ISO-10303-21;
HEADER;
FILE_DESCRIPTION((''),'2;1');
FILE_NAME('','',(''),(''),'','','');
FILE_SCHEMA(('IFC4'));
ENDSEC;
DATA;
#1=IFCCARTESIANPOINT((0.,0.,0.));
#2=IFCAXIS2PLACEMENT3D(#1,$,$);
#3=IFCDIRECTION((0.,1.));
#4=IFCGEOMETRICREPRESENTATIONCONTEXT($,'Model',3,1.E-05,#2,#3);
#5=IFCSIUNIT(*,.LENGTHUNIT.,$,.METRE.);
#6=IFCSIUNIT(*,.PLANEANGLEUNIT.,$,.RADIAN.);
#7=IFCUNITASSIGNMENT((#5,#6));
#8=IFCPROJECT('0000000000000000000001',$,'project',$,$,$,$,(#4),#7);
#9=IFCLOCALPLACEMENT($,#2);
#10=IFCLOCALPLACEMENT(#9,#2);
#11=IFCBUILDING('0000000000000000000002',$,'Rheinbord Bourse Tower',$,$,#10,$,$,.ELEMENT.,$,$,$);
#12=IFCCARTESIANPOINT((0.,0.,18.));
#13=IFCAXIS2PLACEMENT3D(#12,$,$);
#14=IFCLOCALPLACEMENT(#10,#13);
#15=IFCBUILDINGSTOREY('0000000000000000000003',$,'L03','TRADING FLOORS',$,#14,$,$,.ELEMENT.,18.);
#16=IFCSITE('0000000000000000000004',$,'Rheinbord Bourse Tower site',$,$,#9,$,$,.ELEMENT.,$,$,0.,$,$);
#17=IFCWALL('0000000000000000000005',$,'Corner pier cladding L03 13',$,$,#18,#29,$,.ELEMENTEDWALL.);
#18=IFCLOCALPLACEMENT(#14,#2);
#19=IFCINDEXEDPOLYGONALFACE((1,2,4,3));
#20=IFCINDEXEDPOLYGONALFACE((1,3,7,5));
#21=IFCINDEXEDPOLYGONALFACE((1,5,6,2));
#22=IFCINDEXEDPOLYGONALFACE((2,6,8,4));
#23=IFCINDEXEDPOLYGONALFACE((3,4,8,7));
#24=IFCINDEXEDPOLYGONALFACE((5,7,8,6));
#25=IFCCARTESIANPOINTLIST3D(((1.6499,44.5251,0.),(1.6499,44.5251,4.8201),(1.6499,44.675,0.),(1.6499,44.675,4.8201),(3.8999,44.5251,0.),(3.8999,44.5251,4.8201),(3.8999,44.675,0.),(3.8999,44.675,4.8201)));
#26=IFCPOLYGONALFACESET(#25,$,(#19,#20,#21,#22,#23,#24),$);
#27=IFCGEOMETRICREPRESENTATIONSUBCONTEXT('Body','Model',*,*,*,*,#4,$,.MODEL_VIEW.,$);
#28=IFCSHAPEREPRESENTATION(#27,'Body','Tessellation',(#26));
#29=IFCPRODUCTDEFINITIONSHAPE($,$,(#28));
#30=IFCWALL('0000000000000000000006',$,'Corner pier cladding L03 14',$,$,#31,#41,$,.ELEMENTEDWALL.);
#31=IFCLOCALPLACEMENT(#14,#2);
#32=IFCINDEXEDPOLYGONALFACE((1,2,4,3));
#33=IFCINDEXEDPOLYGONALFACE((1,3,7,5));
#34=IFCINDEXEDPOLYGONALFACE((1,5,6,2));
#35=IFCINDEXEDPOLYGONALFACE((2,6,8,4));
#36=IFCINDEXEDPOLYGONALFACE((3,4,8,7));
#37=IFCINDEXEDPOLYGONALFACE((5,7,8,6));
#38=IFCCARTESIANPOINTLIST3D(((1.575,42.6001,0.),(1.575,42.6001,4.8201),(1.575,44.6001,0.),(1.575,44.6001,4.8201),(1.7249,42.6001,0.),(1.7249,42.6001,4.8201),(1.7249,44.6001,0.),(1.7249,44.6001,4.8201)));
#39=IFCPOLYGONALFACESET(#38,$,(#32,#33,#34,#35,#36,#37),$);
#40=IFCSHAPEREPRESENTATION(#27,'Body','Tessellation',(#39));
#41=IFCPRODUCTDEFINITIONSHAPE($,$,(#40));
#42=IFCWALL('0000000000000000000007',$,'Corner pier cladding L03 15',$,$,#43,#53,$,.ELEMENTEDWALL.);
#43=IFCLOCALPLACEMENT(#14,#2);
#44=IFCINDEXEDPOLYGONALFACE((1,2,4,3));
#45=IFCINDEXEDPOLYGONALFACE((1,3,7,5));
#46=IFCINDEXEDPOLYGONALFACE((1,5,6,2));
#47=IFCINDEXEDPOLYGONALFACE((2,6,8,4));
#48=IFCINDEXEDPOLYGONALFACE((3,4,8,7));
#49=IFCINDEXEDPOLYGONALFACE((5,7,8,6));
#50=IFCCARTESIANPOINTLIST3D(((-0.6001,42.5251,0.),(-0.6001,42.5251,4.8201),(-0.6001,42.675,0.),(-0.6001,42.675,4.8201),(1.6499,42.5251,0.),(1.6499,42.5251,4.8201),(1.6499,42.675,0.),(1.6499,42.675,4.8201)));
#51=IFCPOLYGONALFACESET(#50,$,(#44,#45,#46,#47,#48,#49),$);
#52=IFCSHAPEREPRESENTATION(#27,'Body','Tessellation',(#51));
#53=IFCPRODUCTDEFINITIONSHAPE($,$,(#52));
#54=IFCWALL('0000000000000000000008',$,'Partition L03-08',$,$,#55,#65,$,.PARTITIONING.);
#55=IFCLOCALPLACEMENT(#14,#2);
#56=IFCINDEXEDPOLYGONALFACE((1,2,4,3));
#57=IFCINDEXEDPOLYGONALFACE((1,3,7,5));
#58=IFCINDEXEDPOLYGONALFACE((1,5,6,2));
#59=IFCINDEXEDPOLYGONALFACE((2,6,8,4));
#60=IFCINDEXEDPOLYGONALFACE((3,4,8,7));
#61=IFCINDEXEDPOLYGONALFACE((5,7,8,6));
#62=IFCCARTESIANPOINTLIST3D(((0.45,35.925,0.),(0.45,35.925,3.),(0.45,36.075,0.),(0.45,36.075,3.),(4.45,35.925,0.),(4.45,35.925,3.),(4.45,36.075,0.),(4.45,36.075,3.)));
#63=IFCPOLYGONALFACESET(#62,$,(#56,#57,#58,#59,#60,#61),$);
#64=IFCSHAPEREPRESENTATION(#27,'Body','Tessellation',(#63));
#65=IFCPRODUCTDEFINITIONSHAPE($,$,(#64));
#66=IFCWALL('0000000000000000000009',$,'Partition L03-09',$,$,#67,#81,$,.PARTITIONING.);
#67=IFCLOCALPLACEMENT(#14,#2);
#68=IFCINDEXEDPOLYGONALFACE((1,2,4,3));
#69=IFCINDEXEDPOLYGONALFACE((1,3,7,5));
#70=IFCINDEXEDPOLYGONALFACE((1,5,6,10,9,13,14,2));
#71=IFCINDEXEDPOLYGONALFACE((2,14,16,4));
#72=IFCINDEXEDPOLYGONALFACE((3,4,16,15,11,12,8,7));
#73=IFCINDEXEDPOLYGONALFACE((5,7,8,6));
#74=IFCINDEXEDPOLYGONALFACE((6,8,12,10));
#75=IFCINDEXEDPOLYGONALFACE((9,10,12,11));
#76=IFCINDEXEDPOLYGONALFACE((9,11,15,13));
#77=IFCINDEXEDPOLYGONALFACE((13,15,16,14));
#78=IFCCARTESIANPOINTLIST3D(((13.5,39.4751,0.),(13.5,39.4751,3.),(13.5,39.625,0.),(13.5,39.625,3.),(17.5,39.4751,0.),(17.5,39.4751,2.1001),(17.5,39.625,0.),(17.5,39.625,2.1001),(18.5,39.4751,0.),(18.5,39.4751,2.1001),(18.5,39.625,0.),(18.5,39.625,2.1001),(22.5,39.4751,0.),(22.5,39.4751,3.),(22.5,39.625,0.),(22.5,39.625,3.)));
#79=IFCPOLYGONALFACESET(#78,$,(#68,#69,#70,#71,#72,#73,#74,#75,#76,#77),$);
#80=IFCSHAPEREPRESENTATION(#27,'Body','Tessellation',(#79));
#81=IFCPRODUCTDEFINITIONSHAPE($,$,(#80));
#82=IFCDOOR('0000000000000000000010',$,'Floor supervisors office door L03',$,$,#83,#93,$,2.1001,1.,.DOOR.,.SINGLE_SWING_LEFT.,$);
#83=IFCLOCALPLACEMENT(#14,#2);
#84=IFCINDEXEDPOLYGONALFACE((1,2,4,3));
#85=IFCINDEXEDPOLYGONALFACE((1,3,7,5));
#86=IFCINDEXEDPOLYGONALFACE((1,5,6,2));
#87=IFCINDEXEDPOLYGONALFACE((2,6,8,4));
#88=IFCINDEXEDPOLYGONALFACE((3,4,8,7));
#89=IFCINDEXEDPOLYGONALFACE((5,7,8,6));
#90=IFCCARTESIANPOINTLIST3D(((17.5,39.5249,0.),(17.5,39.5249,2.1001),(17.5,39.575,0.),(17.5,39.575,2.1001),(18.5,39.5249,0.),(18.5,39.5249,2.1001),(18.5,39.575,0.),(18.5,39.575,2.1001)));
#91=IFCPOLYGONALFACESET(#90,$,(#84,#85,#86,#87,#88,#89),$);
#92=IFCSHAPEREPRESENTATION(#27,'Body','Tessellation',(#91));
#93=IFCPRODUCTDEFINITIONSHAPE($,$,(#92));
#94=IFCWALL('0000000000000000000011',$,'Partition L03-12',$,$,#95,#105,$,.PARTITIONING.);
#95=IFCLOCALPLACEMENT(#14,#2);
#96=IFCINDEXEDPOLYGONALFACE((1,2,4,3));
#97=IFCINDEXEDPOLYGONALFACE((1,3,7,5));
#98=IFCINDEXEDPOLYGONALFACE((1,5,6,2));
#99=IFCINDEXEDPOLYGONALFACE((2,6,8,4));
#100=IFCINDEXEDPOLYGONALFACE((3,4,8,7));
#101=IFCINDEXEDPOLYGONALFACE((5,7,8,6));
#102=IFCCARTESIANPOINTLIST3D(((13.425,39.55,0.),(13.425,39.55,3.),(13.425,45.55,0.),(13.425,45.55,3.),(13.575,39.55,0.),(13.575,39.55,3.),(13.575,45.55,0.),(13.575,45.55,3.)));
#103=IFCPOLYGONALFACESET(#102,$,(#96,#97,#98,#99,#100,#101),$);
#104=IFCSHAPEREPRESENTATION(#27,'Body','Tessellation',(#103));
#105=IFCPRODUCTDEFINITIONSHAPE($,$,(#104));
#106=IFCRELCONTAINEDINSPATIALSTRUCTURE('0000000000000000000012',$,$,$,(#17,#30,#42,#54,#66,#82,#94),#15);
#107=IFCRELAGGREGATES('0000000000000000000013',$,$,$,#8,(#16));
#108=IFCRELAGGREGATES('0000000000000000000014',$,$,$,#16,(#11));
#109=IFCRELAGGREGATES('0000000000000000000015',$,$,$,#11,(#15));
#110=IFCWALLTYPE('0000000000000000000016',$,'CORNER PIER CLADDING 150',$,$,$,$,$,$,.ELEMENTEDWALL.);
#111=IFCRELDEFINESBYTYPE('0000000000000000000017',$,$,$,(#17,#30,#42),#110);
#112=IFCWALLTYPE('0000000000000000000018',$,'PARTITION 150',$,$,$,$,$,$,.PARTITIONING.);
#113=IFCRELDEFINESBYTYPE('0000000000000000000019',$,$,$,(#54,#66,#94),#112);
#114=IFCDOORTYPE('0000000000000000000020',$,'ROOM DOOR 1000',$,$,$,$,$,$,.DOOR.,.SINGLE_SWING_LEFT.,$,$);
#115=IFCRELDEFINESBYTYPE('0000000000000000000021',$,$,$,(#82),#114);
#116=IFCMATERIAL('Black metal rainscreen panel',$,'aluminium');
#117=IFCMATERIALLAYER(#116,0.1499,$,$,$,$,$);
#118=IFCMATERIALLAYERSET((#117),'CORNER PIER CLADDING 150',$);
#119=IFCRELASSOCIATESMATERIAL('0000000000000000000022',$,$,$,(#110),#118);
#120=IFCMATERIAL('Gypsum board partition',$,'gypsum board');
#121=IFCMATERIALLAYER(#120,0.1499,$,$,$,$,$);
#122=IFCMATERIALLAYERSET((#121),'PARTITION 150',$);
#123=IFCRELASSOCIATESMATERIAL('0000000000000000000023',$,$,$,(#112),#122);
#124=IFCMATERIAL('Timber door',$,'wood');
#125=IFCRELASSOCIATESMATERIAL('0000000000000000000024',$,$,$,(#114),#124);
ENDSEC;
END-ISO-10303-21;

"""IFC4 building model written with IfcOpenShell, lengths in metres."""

from ifc_helpers import new_model, si_unit, direction, frame, frame_2d, origin, place, context, subcontext, project, spatial, rectangle, extrude, material, layer, layer_set, type_object, element, fill, save


model = new_model("IFC4")

# Units and contexts
model_context = context("Model", 3, precision=1e-05, world=origin(), true_north=direction((0.0, 1.0)))
body_context = subcontext(model_context, "Body", "Model", "MODEL_VIEW")
ifc_project = project(units=[si_unit("LENGTHUNIT", "METRE"), si_unit("PLANEANGLEUNIT", "RADIAN")], contexts=[model_context])

# Site, building, storey
site_placement = place(None, origin())
site = spatial("IfcSite", under=ifc_project, at=site_placement, Name="Rheinbord Bourse Tower site", CompositionType="ELEMENT", RefElevation=0.0)
building_placement = place(site_placement, origin())
building = spatial("IfcBuilding", under=site, at=building_placement, Name="Rheinbord Bourse Tower", CompositionType="ELEMENT")
storey_placement = place(building_placement, frame((0.0, 0.0, 18.0)))
storey = spatial("IfcBuildingStorey", under=building, at=storey_placement, Name="L03", Description="TRADING FLOORS", CompositionType="ELEMENT", Elevation=18.0)

# Walls
ifc_material_1 = material(Name="Black metal rainscreen panel", Category="aluminium")
ifc_layer_1 = layer(ifc_material_1, 0.1499)
ifc_layer_set_1 = layer_set([ifc_layer_1], Name="CORNER PIER CLADDING 150")
wall_type_1 = type_object("IfcWallType", Name="CORNER PIER CLADDING 150", PredefinedType="ELEMENTEDWALL", material=ifc_layer_set_1)
wall_1_placement = place(storey_placement, frame((3.8999, 44.6001, 0.0), z_axis=(0.0, 0.0, 1.0), x_axis=(-1.0, 0.0, 0.0)))
element("IfcWall", 1, at=wall_1_placement, inside=storey, type_object=wall_type_1, Name="Corner pier cladding L03 13", PredefinedType="ELEMENTEDWALL", context=body_context, shape_type="SweptSolid", body=[
    extrude(rectangle(XDim=2.25, YDim=0.1499, at=frame_2d((1.125, 0.0))), origin(), (0.0, 0.0, 1.0), 4.8201),
])
wall_2_placement = place(storey_placement, frame((1.6499, 44.6001, 0.0), z_axis=(0.0, 0.0, 1.0), x_axis=(0.0, -1.0, 0.0)))
element("IfcWall", 2, at=wall_2_placement, inside=storey, type_object=wall_type_1, Name="Corner pier cladding L03 14", PredefinedType="ELEMENTEDWALL", context=body_context, shape_type="SweptSolid", body=[
    extrude(rectangle(XDim=2.0, YDim=0.1499, at=frame_2d((1.0, 0.0))), origin(), (0.0, 0.0, 1.0), 4.8201),
])
wall_3_placement = place(storey_placement, frame((1.6499, 42.6001, 0.0), z_axis=(0.0, 0.0, 1.0), x_axis=(-1.0, 0.0, 0.0)))
element("IfcWall", 3, at=wall_3_placement, inside=storey, type_object=wall_type_1, Name="Corner pier cladding L03 15", PredefinedType="ELEMENTEDWALL", context=body_context, shape_type="SweptSolid", body=[
    extrude(rectangle(XDim=2.25, YDim=0.1499, at=frame_2d((1.125, 0.0))), origin(), (0.0, 0.0, 1.0), 4.8201),
])
ifc_material_2 = material(Name="Gypsum board partition", Category="gypsum board")
ifc_layer_2 = layer(ifc_material_2, 0.1499)
ifc_layer_set_2 = layer_set([ifc_layer_2], Name="PARTITION 150")
wall_type_2 = type_object("IfcWallType", Name="PARTITION 150", PredefinedType="PARTITIONING", material=ifc_layer_set_2)
wall_4_placement = place(storey_placement, frame((0.45, 36.0, 0.0), z_axis=(0.0, 0.0, 1.0), x_axis=(1.0, 0.0, 0.0)))
element("IfcWall", 4, at=wall_4_placement, inside=storey, type_object=wall_type_2, Name="Partition L03-08", PredefinedType="PARTITIONING", context=body_context, shape_type="SweptSolid", body=[
    extrude(rectangle(XDim=4.0, YDim=0.1499, at=frame_2d((2.0, 0.0))), origin(), (0.0, 0.0, 1.0), 3.0),
])

# Wall, opening, door
wall_5_placement = place(storey_placement, frame((13.5, 39.55, 0.0), z_axis=(0.0, 0.0, 1.0), x_axis=(1.0, 0.0, 0.0)))
wall_5 = element("IfcWall", 5, at=wall_5_placement, inside=storey, type_object=wall_type_2, Name="Partition L03-09", PredefinedType="PARTITIONING", context=body_context, shape_type="SweptSolid", body=[
    extrude(rectangle(XDim=9.0, YDim=0.1499, at=frame_2d((4.5, 0.0))), origin(), (0.0, 0.0, 1.0), 3.0),
])
opening_placement = place(wall_5_placement, frame((4.0, 0.0, 0.0)))
opening = element("IfcOpeningElement", 6, at=opening_placement, cuts=wall_5, PredefinedType="OPENING", context=body_context, shape_type="SweptSolid", body=[
    extrude(rectangle(XDim=1.0, YDim=2.1001, at=frame_2d((0.5, 1.05))), frame((0.0, 0.085, 0.0), z_axis=(0.0, -1.0, 0.0), x_axis=(1.0, 0.0, 0.0)), (0.0, 0.0, 1.0), 0.1699),
])
ifc_material_3 = material(Name="Timber door", Category="wood")
door_type = type_object("IfcDoorType", Name="ROOM DOOR 1000", OperationType="SINGLE_SWING_LEFT", PredefinedType="DOOR", material=ifc_material_3)
door_placement = place(opening_placement, origin())
door = element("IfcDoor", 7, at=door_placement, inside=storey, type_object=door_type, Name="Floor supervisors office door L03", OperationType="SINGLE_SWING_LEFT", OverallHeight=2.1001, OverallWidth=1.0, PredefinedType="DOOR", context=body_context, shape_type="SweptSolid", body=[
    extrude(rectangle(XDim=1.0, YDim=2.1001, at=frame_2d((0.5, 1.05))), frame((0.0, 0.0249, 0.0), z_axis=(0.0, -1.0, 0.0), x_axis=(1.0, 0.0, 0.0)), (0.0, 0.0, 1.0), 0.05),
])
fill(opening, door)

# Wall
wall_6_placement = place(storey_placement, frame((13.5, 39.55, 0.0), z_axis=(0.0, 0.0, 1.0), x_axis=(0.0, 1.0, 0.0)))
element("IfcWall", 8, at=wall_6_placement, inside=storey, type_object=wall_type_2, Name="Partition L03-12", PredefinedType="PARTITIONING", context=body_context, shape_type="SweptSolid", body=[
    extrude(rectangle(XDim=6.0, YDim=0.1499, at=frame_2d((3.0, 0.0))), origin(), (0.0, 0.0, 1.0), 3.0),
])

save(model, "model.ifc")
